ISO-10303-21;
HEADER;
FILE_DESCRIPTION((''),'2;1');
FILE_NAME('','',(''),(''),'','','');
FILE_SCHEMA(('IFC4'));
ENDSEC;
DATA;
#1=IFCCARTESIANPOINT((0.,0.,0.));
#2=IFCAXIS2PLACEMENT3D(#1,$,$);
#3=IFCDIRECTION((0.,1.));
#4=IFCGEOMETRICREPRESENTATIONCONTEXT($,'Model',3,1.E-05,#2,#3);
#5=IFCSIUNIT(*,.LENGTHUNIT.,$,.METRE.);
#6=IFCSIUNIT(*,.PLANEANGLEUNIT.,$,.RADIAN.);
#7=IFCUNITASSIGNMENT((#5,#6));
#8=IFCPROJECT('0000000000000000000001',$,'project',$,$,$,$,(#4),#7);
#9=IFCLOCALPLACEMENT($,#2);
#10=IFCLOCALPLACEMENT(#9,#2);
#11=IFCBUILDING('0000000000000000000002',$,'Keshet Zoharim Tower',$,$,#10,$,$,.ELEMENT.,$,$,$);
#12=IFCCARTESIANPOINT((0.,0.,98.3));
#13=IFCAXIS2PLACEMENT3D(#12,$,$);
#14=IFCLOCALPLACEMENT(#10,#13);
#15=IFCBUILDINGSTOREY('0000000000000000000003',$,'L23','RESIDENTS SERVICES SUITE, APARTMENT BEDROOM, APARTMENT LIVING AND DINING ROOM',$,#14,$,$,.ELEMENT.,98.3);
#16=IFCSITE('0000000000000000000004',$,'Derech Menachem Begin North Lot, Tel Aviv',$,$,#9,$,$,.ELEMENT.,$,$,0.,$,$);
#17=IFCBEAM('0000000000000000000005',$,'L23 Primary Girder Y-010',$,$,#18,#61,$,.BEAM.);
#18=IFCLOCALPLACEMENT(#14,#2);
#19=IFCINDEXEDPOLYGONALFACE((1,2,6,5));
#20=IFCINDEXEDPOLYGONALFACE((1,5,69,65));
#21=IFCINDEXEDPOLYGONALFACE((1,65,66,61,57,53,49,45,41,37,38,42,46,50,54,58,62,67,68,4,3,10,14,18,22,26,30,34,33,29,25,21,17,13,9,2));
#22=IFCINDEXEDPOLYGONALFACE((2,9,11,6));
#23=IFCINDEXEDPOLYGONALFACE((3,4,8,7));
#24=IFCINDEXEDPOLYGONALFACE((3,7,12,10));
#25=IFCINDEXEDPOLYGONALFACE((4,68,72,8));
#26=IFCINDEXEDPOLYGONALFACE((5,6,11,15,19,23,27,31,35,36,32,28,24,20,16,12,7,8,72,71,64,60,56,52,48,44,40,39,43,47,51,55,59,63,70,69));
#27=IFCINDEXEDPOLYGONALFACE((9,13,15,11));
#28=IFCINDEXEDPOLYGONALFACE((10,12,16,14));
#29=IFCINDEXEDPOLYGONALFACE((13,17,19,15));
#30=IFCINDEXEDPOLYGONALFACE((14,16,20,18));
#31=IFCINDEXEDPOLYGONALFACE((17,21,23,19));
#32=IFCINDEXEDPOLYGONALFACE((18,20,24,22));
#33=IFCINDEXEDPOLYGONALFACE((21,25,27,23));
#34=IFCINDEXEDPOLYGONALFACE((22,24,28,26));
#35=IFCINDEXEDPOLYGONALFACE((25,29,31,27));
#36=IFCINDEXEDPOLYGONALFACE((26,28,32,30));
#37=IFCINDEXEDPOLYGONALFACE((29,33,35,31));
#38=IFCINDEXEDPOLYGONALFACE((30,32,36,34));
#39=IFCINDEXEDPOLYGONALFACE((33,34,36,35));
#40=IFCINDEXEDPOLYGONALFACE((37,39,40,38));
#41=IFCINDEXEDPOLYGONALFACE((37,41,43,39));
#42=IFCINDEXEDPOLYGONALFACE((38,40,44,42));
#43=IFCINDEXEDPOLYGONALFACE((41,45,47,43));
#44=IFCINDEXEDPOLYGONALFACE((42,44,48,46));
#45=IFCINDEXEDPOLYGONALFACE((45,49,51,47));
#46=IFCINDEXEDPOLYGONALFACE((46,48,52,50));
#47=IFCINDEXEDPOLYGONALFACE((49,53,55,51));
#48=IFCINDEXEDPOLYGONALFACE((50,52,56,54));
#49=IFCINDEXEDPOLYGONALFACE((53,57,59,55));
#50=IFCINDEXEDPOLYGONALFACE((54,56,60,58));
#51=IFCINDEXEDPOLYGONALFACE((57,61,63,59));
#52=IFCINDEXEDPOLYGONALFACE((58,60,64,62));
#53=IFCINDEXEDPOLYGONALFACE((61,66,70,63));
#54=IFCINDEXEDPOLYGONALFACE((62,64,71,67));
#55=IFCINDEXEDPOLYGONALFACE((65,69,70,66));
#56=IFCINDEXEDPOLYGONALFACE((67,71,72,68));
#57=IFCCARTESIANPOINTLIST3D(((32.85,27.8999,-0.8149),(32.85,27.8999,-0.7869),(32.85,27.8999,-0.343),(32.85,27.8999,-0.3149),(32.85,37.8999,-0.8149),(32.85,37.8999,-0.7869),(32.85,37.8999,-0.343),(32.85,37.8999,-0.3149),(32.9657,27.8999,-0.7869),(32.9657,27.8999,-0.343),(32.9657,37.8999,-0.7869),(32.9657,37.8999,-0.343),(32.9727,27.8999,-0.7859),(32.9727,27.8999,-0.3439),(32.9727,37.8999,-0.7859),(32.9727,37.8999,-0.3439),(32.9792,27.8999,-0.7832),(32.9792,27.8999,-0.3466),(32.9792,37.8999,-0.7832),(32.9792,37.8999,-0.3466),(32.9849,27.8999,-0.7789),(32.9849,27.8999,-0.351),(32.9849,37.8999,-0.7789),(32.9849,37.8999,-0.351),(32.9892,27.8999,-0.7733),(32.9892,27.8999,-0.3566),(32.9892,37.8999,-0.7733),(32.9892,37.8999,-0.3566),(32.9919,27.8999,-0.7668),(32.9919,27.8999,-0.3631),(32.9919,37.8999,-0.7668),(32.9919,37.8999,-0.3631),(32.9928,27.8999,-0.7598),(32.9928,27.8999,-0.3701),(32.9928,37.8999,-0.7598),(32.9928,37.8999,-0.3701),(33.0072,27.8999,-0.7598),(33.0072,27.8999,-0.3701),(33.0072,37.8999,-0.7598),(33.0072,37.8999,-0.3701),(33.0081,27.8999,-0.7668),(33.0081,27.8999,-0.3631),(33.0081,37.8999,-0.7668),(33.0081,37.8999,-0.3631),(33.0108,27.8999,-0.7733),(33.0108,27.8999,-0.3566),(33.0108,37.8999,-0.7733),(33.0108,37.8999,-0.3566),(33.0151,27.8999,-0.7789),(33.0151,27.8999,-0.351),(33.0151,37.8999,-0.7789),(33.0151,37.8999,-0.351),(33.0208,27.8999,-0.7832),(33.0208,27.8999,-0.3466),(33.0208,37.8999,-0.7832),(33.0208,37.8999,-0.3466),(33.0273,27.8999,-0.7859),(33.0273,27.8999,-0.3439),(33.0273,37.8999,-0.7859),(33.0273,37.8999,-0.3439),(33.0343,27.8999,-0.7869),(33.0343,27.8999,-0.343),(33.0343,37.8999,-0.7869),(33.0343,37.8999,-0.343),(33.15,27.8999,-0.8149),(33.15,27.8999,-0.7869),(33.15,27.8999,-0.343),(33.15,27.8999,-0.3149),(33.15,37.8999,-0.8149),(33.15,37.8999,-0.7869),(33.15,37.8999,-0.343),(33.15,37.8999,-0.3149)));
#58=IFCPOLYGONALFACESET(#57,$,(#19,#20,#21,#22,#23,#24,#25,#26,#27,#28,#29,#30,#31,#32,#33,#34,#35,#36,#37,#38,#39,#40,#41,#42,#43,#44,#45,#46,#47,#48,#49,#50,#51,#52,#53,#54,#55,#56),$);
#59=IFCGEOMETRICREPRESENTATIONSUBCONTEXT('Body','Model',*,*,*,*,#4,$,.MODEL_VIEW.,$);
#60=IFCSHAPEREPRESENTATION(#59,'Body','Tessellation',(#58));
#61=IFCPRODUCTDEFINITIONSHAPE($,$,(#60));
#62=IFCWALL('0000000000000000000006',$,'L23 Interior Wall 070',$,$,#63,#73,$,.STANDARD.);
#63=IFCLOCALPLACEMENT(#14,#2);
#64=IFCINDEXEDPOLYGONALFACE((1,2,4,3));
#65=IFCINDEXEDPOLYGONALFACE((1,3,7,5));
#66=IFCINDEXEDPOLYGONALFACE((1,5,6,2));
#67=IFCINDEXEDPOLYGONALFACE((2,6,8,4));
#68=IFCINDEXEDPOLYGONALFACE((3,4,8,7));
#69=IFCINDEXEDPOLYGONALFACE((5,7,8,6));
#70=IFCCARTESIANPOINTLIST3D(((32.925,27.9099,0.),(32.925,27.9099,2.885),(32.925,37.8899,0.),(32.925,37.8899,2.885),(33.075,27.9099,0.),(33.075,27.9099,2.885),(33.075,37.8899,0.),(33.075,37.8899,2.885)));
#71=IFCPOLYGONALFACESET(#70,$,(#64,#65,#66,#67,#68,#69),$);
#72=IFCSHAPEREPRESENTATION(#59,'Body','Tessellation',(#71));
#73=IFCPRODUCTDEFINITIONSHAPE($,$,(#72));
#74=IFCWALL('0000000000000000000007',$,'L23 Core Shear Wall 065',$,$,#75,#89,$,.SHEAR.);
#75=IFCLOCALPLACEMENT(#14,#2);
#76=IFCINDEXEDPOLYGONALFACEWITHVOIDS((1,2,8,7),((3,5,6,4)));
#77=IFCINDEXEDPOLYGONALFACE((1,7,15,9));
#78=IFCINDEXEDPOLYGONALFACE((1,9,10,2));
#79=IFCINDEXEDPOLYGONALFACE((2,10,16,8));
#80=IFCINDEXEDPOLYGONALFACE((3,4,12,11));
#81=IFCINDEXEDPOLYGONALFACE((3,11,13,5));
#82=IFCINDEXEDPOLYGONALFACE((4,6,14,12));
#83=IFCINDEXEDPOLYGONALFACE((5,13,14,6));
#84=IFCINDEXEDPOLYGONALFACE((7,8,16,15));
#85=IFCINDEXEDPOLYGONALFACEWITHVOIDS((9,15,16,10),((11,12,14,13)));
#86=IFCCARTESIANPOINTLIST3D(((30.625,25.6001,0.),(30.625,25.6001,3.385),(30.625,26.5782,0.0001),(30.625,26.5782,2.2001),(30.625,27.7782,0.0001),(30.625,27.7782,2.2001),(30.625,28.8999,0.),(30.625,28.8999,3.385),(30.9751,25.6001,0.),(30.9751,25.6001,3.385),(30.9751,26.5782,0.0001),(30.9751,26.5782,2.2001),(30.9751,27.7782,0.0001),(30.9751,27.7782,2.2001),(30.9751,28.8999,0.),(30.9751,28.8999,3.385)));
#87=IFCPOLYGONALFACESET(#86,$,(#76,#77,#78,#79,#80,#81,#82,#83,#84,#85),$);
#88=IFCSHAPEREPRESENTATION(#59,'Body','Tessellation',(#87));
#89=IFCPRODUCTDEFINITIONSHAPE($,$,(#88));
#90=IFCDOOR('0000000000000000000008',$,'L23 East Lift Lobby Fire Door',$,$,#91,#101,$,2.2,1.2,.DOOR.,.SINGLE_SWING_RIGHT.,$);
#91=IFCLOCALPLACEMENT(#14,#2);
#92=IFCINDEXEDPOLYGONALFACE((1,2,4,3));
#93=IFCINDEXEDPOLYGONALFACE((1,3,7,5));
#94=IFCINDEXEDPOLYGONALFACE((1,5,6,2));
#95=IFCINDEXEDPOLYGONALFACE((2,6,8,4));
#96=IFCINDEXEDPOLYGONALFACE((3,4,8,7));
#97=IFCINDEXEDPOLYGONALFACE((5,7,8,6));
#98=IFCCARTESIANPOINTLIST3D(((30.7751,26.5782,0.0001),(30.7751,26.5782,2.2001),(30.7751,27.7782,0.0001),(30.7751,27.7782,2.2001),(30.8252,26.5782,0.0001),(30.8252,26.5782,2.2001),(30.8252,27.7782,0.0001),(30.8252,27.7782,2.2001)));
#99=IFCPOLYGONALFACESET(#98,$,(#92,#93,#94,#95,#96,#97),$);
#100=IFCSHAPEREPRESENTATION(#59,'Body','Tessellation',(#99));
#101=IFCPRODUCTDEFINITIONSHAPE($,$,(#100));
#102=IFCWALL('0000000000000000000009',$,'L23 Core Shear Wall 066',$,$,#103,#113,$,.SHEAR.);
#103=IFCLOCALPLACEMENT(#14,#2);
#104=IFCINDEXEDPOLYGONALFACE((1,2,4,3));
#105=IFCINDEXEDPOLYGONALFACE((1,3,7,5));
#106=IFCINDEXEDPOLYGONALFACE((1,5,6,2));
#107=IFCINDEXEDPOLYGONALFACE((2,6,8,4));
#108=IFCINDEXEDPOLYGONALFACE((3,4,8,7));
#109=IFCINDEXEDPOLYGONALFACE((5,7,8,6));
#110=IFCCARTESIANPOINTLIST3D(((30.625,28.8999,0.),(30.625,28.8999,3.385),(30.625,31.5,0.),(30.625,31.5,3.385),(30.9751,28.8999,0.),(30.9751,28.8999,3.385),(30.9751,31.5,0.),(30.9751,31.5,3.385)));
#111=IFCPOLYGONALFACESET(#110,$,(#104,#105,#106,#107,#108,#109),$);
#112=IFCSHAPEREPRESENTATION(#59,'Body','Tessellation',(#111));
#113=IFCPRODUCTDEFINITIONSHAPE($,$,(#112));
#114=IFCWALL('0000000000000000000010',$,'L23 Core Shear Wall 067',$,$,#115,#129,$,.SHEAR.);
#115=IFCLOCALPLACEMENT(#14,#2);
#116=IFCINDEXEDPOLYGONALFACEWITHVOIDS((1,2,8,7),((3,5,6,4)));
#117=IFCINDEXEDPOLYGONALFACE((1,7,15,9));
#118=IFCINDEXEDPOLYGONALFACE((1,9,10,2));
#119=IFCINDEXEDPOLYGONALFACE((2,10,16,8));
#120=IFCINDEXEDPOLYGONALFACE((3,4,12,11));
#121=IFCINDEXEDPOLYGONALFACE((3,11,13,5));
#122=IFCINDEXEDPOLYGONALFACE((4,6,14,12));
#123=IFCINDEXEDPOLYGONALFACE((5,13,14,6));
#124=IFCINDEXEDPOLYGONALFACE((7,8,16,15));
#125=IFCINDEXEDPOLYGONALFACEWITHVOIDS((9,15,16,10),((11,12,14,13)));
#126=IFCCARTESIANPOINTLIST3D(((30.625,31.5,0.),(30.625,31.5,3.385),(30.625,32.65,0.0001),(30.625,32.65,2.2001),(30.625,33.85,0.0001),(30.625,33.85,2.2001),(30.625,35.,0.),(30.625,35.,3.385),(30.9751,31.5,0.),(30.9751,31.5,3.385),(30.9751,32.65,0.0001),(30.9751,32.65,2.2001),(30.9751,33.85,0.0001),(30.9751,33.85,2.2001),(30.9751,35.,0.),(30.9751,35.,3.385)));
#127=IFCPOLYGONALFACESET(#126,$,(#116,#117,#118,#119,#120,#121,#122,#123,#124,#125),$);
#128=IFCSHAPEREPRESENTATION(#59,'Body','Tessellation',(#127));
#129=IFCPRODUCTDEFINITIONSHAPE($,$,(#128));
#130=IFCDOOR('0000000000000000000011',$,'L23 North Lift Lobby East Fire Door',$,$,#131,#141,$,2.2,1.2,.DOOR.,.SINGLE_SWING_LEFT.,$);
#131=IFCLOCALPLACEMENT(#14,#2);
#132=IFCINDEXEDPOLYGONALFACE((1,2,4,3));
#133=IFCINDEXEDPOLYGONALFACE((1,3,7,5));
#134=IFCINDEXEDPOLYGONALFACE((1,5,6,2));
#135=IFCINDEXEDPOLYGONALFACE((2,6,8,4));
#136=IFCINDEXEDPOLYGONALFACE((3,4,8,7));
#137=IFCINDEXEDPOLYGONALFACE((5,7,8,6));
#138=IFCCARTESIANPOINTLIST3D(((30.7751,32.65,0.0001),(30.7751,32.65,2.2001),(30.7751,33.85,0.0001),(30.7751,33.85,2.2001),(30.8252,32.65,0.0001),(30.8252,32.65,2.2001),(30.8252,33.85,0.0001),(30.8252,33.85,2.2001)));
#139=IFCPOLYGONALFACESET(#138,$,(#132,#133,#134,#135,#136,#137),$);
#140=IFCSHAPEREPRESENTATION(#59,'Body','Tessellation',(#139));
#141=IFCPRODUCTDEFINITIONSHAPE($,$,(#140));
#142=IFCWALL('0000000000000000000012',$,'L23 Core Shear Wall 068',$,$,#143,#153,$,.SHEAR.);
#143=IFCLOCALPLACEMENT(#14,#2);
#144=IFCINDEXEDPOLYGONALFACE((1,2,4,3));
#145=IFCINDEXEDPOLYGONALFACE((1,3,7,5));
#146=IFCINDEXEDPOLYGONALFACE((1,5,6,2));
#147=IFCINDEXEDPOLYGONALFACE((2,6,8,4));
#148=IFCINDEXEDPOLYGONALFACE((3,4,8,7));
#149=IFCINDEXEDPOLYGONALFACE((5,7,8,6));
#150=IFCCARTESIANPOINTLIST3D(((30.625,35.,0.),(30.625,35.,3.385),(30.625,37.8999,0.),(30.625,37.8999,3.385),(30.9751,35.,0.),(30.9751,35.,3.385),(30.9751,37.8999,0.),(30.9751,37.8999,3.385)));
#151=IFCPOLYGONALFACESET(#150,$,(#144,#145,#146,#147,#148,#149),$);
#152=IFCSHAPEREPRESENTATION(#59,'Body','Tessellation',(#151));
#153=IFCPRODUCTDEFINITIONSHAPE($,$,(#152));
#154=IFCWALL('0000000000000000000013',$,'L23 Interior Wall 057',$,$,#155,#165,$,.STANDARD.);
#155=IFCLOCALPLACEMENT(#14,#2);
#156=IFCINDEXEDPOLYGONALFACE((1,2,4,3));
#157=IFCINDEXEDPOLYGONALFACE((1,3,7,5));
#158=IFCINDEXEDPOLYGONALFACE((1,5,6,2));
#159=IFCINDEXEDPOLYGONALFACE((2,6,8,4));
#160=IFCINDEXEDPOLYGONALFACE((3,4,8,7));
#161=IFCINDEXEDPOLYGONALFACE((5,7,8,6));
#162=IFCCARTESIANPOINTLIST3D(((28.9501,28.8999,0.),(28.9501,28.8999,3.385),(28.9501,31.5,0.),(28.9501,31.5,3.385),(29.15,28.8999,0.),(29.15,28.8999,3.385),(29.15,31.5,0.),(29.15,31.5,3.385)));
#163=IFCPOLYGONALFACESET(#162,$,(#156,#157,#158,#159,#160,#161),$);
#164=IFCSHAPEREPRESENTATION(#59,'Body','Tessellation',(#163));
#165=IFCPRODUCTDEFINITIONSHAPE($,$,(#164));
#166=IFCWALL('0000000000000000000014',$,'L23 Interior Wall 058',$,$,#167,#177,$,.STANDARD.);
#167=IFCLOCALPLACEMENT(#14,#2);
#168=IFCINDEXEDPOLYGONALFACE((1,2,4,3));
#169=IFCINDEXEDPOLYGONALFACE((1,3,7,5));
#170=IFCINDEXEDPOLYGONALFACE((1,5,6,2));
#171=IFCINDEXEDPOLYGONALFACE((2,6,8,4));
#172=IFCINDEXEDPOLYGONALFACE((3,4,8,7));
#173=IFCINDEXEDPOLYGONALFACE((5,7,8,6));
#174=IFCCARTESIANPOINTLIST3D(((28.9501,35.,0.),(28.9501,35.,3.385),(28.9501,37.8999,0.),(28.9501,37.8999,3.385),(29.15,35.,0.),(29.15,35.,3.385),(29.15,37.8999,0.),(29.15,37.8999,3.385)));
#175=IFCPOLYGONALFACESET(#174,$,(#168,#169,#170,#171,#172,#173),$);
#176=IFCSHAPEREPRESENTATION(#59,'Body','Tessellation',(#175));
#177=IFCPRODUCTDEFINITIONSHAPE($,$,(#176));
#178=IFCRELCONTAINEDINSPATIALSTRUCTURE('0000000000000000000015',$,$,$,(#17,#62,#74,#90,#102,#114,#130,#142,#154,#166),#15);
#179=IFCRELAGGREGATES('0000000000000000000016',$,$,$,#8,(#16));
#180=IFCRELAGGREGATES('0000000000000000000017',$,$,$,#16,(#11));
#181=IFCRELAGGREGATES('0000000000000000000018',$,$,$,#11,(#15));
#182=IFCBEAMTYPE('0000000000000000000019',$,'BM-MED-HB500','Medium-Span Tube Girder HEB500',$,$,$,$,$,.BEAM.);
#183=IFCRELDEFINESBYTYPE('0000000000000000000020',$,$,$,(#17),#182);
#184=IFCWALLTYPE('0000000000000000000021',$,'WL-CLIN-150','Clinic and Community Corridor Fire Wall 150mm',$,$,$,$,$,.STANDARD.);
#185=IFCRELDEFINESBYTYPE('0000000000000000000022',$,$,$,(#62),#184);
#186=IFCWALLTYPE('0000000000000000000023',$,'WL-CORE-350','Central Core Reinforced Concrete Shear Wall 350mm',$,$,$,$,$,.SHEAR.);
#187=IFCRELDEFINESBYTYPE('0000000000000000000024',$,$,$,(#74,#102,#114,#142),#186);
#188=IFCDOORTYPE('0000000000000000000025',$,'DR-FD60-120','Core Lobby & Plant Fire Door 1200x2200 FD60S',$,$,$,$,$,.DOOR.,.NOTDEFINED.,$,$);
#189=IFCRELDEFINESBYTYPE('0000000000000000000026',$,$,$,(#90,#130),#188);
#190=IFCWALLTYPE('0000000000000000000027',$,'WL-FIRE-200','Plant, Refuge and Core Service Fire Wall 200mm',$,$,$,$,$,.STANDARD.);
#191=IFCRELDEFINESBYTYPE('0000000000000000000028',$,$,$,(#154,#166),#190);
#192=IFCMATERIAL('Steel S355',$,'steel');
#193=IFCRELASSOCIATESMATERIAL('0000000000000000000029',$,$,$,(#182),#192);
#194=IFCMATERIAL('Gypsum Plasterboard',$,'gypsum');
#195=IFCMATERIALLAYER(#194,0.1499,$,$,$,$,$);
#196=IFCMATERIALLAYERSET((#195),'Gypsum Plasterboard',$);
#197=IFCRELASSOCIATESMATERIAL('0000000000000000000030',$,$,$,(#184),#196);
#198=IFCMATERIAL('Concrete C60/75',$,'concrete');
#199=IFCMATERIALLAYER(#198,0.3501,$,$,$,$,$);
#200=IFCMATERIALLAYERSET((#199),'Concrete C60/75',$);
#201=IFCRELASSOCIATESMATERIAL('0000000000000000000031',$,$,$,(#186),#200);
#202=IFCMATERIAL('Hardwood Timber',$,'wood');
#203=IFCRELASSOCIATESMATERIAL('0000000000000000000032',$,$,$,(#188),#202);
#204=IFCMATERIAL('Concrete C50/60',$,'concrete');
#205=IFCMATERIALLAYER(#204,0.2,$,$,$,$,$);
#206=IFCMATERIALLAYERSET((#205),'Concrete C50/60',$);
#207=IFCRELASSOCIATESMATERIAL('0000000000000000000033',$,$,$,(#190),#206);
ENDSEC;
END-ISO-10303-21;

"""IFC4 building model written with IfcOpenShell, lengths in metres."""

from ifc_helpers import new_model, si_unit, direction, frame, frame_2d, origin, origin_2d, place, context, subcontext, project, spatial, rectangle, i_section, extrude, material, layer, layer_set, material_profile, profile_set, type_object, element, fill, save


model = new_model("IFC4")

# Units and contexts
model_context = context("Model", 3, precision=1e-05, world=origin(), true_north=direction((0.0, 1.0)))
body_context = subcontext(model_context, "Body", "Model", "MODEL_VIEW")
ifc_project = project(units=[si_unit("LENGTHUNIT", "METRE"), si_unit("PLANEANGLEUNIT", "RADIAN")], contexts=[model_context])

# Site, building, storey
site_placement = place(None, origin())
site = spatial("IfcSite", under=ifc_project, at=site_placement, Name="Derech Menachem Begin North Lot, Tel Aviv", CompositionType="ELEMENT", RefElevation=0.0)
building_placement = place(site_placement, origin())
building = spatial("IfcBuilding", under=site, at=building_placement, Name="Keshet Zoharim Tower", CompositionType="ELEMENT")
storey_placement = place(building_placement, frame((0.0, 0.0, 98.3)))
storey = spatial("IfcBuildingStorey", under=building, at=storey_placement, Name="L23", Description="RESIDENTS SERVICES SUITE, APARTMENT BEDROOM, APARTMENT LIVING AND DINING ROOM", CompositionType="ELEMENT", Elevation=98.3)

# Shared definitions
ifc_material_1 = material(Name="Concrete C60/75", Category="concrete")

# Beam
ifc_material_2 = material(Name="Steel S355", Category="steel")
ifc_material_profile_1 = material_profile(ifc_material_2, i_section(OverallWidth=0.3, OverallDepth=0.5, WebThickness=0.0144, FlangeThickness=0.0281, FilletRadius=0.0271, at=origin_2d()), Name="HEB500")
ifc_profile_set_1 = profile_set([ifc_material_profile_1], Name="Steel S355")
beam_type_1 = type_object("IfcBeamType", Name="BM-MED-HB500", Description="Medium-Span Tube Girder HEB500", PredefinedType="BEAM", material=ifc_profile_set_1)
beam_1_placement = place(storey_placement, frame((33.0, 27.8999, -0.5649), z_axis=(0.0, 1.0, 0.0), x_axis=(-1.0, 0.0, 0.0)))
element("IfcBeam", 1, at=beam_1_placement, inside=storey, type_object=beam_type_1, Name="L23 Primary Girder Y-010", PredefinedType="BEAM", context=body_context, shape_type="SweptSolid", body=[
    extrude(i_section(OverallWidth=0.3, OverallDepth=0.5, WebThickness=0.0144, FlangeThickness=0.0281, FilletRadius=0.0271, at=origin_2d()), origin(), (0.0, 0.0, 1.0), 10.0),
])

# Wall
ifc_material_3 = material(Name="Gypsum Plasterboard", Category="gypsum")
ifc_layer_1 = layer(ifc_material_3, 0.1499)
ifc_layer_set_1 = layer_set([ifc_layer_1], Name="Gypsum Plasterboard")
wall_type_1 = type_object("IfcWallType", Name="WL-CLIN-150", Description="Clinic and Community Corridor Fire Wall 150mm", PredefinedType="STANDARD", material=ifc_layer_set_1)
wall_1_placement = place(storey_placement, frame((33.0, 27.9099, 0.0), z_axis=(0.0, 0.0, 1.0), x_axis=(0.0, 1.0, 0.0)))
element("IfcWall", 2, at=wall_1_placement, inside=storey, type_object=wall_type_1, Name="L23 Interior Wall 070", PredefinedType="STANDARD", context=body_context, shape_type="SweptSolid", body=[
    extrude(rectangle(XDim=9.98, YDim=0.1499, at=frame_2d((4.99, 0.0))), origin(), (0.0, 0.0, 1.0), 2.885),
])

# Wall, opening, door
ifc_layer_2 = layer(ifc_material_1, 0.3501)
ifc_layer_set_2 = layer_set([ifc_layer_2], Name="Concrete C60/75")
wall_type_2 = type_object("IfcWallType", Name="WL-CORE-350", Description="Central Core Reinforced Concrete Shear Wall 350mm", PredefinedType="SHEAR", material=ifc_layer_set_2)
wall_2_placement = place(storey_placement, frame((30.8, 25.6001, 0.0), z_axis=(0.0, 0.0, 1.0), x_axis=(0.0, 1.0, 0.0)))
wall_2 = element("IfcWall", 3, at=wall_2_placement, inside=storey, type_object=wall_type_2, Name="L23 Core Shear Wall 065", PredefinedType="SHEAR", context=body_context, shape_type="SweptSolid", body=[
    extrude(rectangle(XDim=3.2998, YDim=0.3501, at=frame_2d((1.6499, 0.0))), origin(), (0.0, 0.0, 1.0), 3.385),
])
opening_1_placement = place(wall_2_placement, frame((0.978, 0.0, 0.0)))
opening_1 = element("IfcOpeningElement", 4, at=opening_1_placement, cuts=wall_2, PredefinedType="OPENING", context=body_context, shape_type="SweptSolid", body=[
    extrude(rectangle(XDim=1.2, YDim=2.2, at=frame_2d((0.6001, 1.1001))), frame((0.0, 0.1851, 0.0), z_axis=(0.0, -1.0, 0.0), x_axis=(1.0, 0.0, 0.0)), (0.0, 0.0, 1.0), 0.3701),
])
ifc_material_4 = material(Name="Hardwood Timber", Category="wood")
door_type_1 = type_object("IfcDoorType", Name="DR-FD60-120", Description="Core Lobby & Plant Fire Door 1200x2200 FD60S", OperationType="NOTDEFINED", PredefinedType="DOOR", material=ifc_material_4)
door_1_placement = place(opening_1_placement, origin())
door_1 = element("IfcDoor", 5, at=door_1_placement, inside=storey, type_object=door_type_1, Name="L23 East Lift Lobby Fire Door", OperationType="SINGLE_SWING_RIGHT", OverallHeight=2.2, OverallWidth=1.2, PredefinedType="DOOR", context=body_context, shape_type="SweptSolid", body=[
    extrude(rectangle(XDim=1.2, YDim=2.2, at=frame_2d((0.6001, 1.1001))), frame((0.0, 0.0249, 0.0), z_axis=(0.0, -1.0, 0.0), x_axis=(1.0, 0.0, 0.0)), (0.0, 0.0, 1.0), 0.05),
])
fill(opening_1, door_1)

# Wall
wall_3_placement = place(storey_placement, frame((30.8, 28.8999, 0.0), z_axis=(0.0, 0.0, 1.0), x_axis=(0.0, 1.0, 0.0)))
element("IfcWall", 6, at=wall_3_placement, inside=storey, type_object=wall_type_2, Name="L23 Core Shear Wall 066", PredefinedType="SHEAR", context=body_context, shape_type="SweptSolid", body=[
    extrude(rectangle(XDim=2.6001, YDim=0.3501, at=frame_2d((1.3, 0.0))), origin(), (0.0, 0.0, 1.0), 3.385),
])

# Wall, opening, door
wall_4_placement = place(storey_placement, frame((30.8, 31.5, 0.0), z_axis=(0.0, 0.0, 1.0), x_axis=(0.0, 1.0, 0.0)))
wall_4 = element("IfcWall", 7, at=wall_4_placement, inside=storey, type_object=wall_type_2, Name="L23 Core Shear Wall 067", PredefinedType="SHEAR", context=body_context, shape_type="SweptSolid", body=[
    extrude(rectangle(XDim=3.5, YDim=0.3501, at=frame_2d((1.75, 0.0))), origin(), (0.0, 0.0, 1.0), 3.385),
])
opening_2_placement = place(wall_4_placement, frame((1.1499, 0.0, 0.0)))
opening_2 = element("IfcOpeningElement", 8, at=opening_2_placement, cuts=wall_4, PredefinedType="OPENING", context=body_context, shape_type="SweptSolid", body=[
    extrude(rectangle(XDim=1.2, YDim=2.2, at=frame_2d((0.6001, 1.1001))), frame((0.0, 0.1851, 0.0), z_axis=(0.0, -1.0, 0.0), x_axis=(1.0, 0.0, 0.0)), (0.0, 0.0, 1.0), 0.3701),
])
door_2_placement = place(opening_2_placement, origin())
door_2 = element("IfcDoor", 9, at=door_2_placement, inside=storey, type_object=door_type_1, Name="L23 North Lift Lobby East Fire Door", OperationType="SINGLE_SWING_LEFT", OverallHeight=2.2, OverallWidth=1.2, PredefinedType="DOOR", context=body_context, shape_type="SweptSolid", body=[
    extrude(rectangle(XDim=1.2, YDim=2.2, at=frame_2d((0.6001, 1.1001))), frame((0.0, 0.0249, 0.0), z_axis=(0.0, -1.0, 0.0), x_axis=(1.0, 0.0, 0.0)), (0.0, 0.0, 1.0), 0.05),
])
fill(opening_2, door_2)

# Wall
wall_5_placement = place(storey_placement, frame((30.8, 35.0, 0.0), z_axis=(0.0, 0.0, 1.0), x_axis=(0.0, 1.0, 0.0)))
element("IfcWall", 10, at=wall_5_placement, inside=storey, type_object=wall_type_2, Name="L23 Core Shear Wall 068", PredefinedType="SHEAR", context=body_context, shape_type="SweptSolid", body=[
    extrude(rectangle(XDim=2.8999, YDim=0.3501, at=frame_2d((1.45, 0.0))), origin(), (0.0, 0.0, 1.0), 3.385),
])

# Walls
ifc_material_5 = material(Name="Concrete C50/60", Category="concrete")
ifc_layer_3 = layer(ifc_material_5, 0.2)
ifc_layer_set_3 = layer_set([ifc_layer_3], Name="Concrete C50/60")
wall_type_3 = type_object("IfcWallType", Name="WL-FIRE-200", Description="Plant, Refuge and Core Service Fire Wall 200mm", PredefinedType="STANDARD", material=ifc_layer_set_3)
wall_6_placement = place(storey_placement, frame((29.05, 28.8999, 0.0), z_axis=(0.0, 0.0, 1.0), x_axis=(0.0, 1.0, 0.0)))
element("IfcWall", 11, at=wall_6_placement, inside=storey, type_object=wall_type_3, Name="L23 Interior Wall 057", PredefinedType="STANDARD", context=body_context, shape_type="SweptSolid", body=[
    extrude(rectangle(XDim=2.6001, YDim=0.2, at=frame_2d((1.3, 0.0))), origin(), (0.0, 0.0, 1.0), 3.385),
])
wall_7_placement = place(storey_placement, frame((29.05, 35.0, 0.0), z_axis=(0.0, 0.0, 1.0), x_axis=(0.0, 1.0, 0.0)))
element("IfcWall", 12, at=wall_7_placement, inside=storey, type_object=wall_type_3, Name="L23 Interior Wall 058", PredefinedType="STANDARD", context=body_context, shape_type="SweptSolid", body=[
    extrude(rectangle(XDim=2.8999, YDim=0.2, at=frame_2d((1.45, 0.0))), origin(), (0.0, 0.0, 1.0), 3.385),
])

save(model, "model.ifc")
